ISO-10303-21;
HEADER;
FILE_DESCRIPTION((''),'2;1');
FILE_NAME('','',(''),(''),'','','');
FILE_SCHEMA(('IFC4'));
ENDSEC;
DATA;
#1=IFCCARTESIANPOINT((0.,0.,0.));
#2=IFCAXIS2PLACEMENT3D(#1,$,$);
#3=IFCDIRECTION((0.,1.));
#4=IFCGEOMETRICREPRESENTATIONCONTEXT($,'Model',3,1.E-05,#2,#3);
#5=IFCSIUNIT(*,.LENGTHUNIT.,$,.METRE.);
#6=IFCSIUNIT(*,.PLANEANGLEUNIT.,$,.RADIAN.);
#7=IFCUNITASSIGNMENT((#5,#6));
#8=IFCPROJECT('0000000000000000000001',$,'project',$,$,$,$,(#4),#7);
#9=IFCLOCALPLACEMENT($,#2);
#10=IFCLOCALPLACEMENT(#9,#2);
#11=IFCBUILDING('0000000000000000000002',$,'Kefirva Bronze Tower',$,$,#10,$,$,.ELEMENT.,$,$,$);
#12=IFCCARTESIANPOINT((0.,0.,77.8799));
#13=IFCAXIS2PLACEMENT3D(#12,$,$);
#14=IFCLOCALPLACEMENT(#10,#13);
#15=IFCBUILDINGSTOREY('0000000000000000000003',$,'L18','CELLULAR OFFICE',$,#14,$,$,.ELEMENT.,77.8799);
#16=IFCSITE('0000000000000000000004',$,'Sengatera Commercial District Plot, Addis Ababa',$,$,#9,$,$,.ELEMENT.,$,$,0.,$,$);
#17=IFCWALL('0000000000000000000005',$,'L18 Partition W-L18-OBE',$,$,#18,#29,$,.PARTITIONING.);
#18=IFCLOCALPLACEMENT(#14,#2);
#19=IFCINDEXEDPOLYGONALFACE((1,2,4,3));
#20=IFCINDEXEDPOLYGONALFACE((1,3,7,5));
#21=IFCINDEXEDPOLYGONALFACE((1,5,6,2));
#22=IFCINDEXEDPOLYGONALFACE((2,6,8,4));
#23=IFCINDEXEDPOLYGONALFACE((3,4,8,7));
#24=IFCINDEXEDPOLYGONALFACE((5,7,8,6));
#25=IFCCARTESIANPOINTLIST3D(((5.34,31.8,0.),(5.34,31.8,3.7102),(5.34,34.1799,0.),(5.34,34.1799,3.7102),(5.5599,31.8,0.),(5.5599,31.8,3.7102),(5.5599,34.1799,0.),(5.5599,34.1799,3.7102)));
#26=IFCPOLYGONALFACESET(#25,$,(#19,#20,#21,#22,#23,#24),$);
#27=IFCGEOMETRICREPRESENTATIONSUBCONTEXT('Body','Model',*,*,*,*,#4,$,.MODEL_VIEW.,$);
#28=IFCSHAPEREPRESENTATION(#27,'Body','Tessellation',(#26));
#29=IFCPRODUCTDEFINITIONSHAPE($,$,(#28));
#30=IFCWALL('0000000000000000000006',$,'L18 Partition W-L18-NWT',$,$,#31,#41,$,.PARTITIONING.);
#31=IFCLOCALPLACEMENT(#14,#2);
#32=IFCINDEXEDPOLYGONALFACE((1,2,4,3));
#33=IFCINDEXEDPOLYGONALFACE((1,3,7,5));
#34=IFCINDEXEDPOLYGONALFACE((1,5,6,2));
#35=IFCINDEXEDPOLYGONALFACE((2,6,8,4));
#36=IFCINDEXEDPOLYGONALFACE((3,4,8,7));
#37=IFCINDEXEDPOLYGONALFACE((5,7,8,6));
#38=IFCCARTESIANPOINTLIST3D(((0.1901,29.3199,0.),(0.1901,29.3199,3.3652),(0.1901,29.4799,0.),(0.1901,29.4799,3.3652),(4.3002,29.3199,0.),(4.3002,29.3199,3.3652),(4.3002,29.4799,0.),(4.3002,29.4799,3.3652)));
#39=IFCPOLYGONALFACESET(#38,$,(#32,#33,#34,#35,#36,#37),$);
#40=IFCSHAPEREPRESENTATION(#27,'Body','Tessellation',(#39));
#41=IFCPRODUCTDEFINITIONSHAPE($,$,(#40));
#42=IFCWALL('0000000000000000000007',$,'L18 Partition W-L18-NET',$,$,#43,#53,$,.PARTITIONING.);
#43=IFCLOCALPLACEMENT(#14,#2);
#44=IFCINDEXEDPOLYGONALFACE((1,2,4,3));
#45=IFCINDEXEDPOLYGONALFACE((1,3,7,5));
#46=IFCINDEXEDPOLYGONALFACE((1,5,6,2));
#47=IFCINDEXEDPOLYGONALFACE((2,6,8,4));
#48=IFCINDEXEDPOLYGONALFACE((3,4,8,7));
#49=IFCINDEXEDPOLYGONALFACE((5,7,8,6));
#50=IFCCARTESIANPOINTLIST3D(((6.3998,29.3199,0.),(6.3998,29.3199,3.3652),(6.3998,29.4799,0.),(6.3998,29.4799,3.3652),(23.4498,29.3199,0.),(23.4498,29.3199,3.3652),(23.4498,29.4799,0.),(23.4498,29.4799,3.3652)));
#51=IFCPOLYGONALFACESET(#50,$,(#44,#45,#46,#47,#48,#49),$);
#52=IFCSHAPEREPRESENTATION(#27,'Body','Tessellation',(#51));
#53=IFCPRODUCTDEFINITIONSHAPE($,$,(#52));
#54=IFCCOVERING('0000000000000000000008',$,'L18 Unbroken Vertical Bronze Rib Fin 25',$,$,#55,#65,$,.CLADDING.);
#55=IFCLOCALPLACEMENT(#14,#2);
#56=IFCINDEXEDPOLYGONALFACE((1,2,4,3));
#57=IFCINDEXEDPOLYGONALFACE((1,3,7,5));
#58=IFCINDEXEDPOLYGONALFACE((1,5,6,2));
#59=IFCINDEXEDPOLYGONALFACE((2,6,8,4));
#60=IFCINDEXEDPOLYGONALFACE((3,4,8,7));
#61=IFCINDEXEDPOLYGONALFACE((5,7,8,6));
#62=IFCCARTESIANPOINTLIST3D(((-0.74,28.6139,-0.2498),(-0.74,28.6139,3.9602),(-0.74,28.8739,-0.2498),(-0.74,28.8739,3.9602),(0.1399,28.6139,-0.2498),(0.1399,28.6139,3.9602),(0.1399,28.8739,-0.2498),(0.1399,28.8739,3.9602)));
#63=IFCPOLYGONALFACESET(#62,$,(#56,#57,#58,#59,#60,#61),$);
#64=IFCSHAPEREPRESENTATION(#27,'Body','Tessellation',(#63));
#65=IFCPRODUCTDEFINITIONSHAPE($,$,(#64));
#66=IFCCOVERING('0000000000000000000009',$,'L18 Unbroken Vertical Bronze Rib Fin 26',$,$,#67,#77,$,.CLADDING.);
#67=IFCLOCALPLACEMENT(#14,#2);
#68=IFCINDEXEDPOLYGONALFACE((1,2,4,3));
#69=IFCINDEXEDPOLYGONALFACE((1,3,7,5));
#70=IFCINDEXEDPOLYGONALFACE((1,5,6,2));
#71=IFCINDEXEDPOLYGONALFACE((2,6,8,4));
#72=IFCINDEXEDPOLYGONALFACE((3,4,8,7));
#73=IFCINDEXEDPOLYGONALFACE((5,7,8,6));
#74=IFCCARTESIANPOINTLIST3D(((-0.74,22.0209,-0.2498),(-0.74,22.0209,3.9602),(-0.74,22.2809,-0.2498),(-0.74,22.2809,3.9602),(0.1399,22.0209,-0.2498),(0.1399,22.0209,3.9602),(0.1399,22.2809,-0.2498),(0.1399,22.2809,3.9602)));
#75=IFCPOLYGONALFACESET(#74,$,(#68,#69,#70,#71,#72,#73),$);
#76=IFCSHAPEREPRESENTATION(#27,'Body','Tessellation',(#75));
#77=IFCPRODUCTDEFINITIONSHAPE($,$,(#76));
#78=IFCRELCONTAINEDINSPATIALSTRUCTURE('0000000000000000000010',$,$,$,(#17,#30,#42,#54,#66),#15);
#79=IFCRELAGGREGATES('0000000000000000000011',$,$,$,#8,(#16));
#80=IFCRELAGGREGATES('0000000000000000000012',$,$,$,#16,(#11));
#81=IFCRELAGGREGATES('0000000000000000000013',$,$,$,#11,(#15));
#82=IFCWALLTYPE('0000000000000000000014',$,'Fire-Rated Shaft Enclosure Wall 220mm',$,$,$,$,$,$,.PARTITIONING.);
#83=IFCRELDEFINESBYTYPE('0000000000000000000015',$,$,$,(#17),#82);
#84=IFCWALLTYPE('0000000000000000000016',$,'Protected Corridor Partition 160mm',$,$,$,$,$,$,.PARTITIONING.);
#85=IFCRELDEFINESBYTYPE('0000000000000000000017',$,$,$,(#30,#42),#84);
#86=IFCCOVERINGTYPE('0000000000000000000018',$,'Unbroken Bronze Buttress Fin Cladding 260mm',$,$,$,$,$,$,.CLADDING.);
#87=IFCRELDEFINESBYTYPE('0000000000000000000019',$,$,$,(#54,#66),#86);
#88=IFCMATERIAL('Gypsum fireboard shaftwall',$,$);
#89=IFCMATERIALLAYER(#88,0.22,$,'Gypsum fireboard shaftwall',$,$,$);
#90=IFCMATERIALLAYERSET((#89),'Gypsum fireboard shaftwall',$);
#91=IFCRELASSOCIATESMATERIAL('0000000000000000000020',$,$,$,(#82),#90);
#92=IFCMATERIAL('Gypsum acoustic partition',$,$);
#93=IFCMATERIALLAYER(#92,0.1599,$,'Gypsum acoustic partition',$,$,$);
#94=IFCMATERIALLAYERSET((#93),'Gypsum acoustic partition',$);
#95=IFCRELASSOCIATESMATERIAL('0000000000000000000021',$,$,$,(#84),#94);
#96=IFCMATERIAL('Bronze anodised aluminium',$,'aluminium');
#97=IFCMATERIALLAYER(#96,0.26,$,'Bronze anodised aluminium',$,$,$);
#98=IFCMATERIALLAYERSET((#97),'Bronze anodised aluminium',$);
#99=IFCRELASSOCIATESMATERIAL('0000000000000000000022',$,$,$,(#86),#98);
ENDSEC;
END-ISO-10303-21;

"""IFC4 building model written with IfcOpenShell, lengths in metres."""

from ifc_helpers import new_model, si_unit, direction, frame, frame_2d, origin, origin_2d, place, context, subcontext, project, spatial, rectangle, extrude, material, layer, layer_set, type_object, element, save


model = new_model("IFC4")

# Units and contexts
model_context = context("Model", 3, precision=1e-05, world=origin(), true_north=direction((0.0, 1.0)))
body_context = subcontext(model_context, "Body", "Model", "MODEL_VIEW")
ifc_project = project(units=[si_unit("LENGTHUNIT", "METRE"), si_unit("PLANEANGLEUNIT", "RADIAN")], contexts=[model_context])

# Site, building, storey
site_placement = place(None, origin())
site = spatial("IfcSite", under=ifc_project, at=site_placement, Name="Sengatera Commercial District Plot, Addis Ababa", CompositionType="ELEMENT", RefElevation=0.0)
building_placement = place(site_placement, origin())
building = spatial("IfcBuilding", under=site, at=building_placement, Name="Kefirva Bronze Tower", CompositionType="ELEMENT")
storey_placement = place(building_placement, frame((0.0, 0.0, 77.8799)))
storey = spatial("IfcBuildingStorey", under=building, at=storey_placement, Name="L18", Description="CELLULAR OFFICE", CompositionType="ELEMENT", Elevation=77.8799)

# Shared definitions
ifc_material_1 = material(Name="Bronze anodised aluminium", Category="aluminium")

# Walls
ifc_material_2 = material(Name="Gypsum acoustic partition")
ifc_material_3 = material(Name="Gypsum fireboard shaftwall")
ifc_layer_1 = layer(ifc_material_3, 0.22, Name="Gypsum fireboard shaftwall")
ifc_layer_set_1 = layer_set([ifc_layer_1], Name="Gypsum fireboard shaftwall")
wall_type_1 = type_object("IfcWallType", Name="Fire-Rated Shaft Enclosure Wall 220mm", PredefinedType="PARTITIONING", material=ifc_layer_set_1)
for number, where, z_axis, x_axis, name in (
    (1, (5.45, 31.8, 0.0), (0.0, 0.0, 1.0), (0.0, 1.0, 0.0), "L18 Partition W-L18-OBE"),
):
    element("IfcWall", number, at=place(storey_placement, frame(where, z_axis=z_axis, x_axis=x_axis)), inside=storey, type_object=wall_type_1, Name=name, PredefinedType="PARTITIONING", context=body_context, shape_type="SweptSolid", body=[
        extrude(rectangle(XDim=2.3799, YDim=0.22, at=frame_2d((1.1899, 0.0))), origin(), (0.0, 0.0, 1.0), 3.7102),
    ])
ifc_layer_2 = layer(ifc_material_2, 0.1599, Name="Gypsum acoustic partition")
ifc_layer_set_2 = layer_set([ifc_layer_2], Name="Gypsum acoustic partition")
wall_type_2 = type_object("IfcWallType", Name="Protected Corridor Partition 160mm", PredefinedType="PARTITIONING", material=ifc_layer_set_2)
wall_1_placement = place(storey_placement, frame((0.1899, 29.3999, 0.0), z_axis=(0.0, 0.0, 1.0), x_axis=(1.0, 0.0, 0.0)))
element("IfcWall", 2, at=wall_1_placement, inside=storey, type_object=wall_type_2, Name="L18 Partition W-L18-NWT", PredefinedType="PARTITIONING", context=body_context, shape_type="SweptSolid", body=[
    extrude(rectangle(XDim=4.1101, YDim=0.1599, at=frame_2d((2.0552, 0.0))), origin(), (0.0, 0.0, 1.0), 3.3652),
])
wall_2_placement = place(storey_placement, frame((6.3999, 29.3999, 0.0), z_axis=(0.0, 0.0, 1.0), x_axis=(1.0, 0.0, 0.0)))
element("IfcWall", 3, at=wall_2_placement, inside=storey, type_object=wall_type_2, Name="L18 Partition W-L18-NET", PredefinedType="PARTITIONING", context=body_context, shape_type="SweptSolid", body=[
    extrude(rectangle(XDim=17.05, YDim=0.1599, at=frame_2d((8.5249, 0.0))), origin(), (0.0, 0.0, 1.0), 3.3652),
])

# Coverings
ifc_layer_3 = layer(ifc_material_1, 0.26, Name="Bronze anodised aluminium")
ifc_layer_set_3 = layer_set([ifc_layer_3], Name="Bronze anodised aluminium")
covering_type = type_object("IfcCoveringType", Name="Unbroken Bronze Buttress Fin Cladding 260mm", PredefinedType="CLADDING", material=ifc_layer_set_3)
for number, where, z_axis, x_axis, name in (
    (4, (-0.3, 28.7439, -0.2498), (0.0, 0.0, 1.0), (0.0, -1.0, 0.0), "L18 Unbroken Vertical Bronze Rib Fin 25"),
    (5, (-0.3, 22.1509, -0.2498), (0.0, 0.0, 1.0), (0.0, -1.0, 0.0), "L18 Unbroken Vertical Bronze Rib Fin 26"),
):
    element("IfcCovering", number, at=place(storey_placement, frame(where, z_axis=z_axis, x_axis=x_axis)), inside=storey, type_object=covering_type, Name=name, PredefinedType="CLADDING", context=body_context, shape_type="SweptSolid", body=[
        extrude(rectangle(XDim=0.26, YDim=0.8799, at=origin_2d()), origin(), (0.0, 0.0, 1.0), 4.21),
    ])

save(model, "model.ifc")
